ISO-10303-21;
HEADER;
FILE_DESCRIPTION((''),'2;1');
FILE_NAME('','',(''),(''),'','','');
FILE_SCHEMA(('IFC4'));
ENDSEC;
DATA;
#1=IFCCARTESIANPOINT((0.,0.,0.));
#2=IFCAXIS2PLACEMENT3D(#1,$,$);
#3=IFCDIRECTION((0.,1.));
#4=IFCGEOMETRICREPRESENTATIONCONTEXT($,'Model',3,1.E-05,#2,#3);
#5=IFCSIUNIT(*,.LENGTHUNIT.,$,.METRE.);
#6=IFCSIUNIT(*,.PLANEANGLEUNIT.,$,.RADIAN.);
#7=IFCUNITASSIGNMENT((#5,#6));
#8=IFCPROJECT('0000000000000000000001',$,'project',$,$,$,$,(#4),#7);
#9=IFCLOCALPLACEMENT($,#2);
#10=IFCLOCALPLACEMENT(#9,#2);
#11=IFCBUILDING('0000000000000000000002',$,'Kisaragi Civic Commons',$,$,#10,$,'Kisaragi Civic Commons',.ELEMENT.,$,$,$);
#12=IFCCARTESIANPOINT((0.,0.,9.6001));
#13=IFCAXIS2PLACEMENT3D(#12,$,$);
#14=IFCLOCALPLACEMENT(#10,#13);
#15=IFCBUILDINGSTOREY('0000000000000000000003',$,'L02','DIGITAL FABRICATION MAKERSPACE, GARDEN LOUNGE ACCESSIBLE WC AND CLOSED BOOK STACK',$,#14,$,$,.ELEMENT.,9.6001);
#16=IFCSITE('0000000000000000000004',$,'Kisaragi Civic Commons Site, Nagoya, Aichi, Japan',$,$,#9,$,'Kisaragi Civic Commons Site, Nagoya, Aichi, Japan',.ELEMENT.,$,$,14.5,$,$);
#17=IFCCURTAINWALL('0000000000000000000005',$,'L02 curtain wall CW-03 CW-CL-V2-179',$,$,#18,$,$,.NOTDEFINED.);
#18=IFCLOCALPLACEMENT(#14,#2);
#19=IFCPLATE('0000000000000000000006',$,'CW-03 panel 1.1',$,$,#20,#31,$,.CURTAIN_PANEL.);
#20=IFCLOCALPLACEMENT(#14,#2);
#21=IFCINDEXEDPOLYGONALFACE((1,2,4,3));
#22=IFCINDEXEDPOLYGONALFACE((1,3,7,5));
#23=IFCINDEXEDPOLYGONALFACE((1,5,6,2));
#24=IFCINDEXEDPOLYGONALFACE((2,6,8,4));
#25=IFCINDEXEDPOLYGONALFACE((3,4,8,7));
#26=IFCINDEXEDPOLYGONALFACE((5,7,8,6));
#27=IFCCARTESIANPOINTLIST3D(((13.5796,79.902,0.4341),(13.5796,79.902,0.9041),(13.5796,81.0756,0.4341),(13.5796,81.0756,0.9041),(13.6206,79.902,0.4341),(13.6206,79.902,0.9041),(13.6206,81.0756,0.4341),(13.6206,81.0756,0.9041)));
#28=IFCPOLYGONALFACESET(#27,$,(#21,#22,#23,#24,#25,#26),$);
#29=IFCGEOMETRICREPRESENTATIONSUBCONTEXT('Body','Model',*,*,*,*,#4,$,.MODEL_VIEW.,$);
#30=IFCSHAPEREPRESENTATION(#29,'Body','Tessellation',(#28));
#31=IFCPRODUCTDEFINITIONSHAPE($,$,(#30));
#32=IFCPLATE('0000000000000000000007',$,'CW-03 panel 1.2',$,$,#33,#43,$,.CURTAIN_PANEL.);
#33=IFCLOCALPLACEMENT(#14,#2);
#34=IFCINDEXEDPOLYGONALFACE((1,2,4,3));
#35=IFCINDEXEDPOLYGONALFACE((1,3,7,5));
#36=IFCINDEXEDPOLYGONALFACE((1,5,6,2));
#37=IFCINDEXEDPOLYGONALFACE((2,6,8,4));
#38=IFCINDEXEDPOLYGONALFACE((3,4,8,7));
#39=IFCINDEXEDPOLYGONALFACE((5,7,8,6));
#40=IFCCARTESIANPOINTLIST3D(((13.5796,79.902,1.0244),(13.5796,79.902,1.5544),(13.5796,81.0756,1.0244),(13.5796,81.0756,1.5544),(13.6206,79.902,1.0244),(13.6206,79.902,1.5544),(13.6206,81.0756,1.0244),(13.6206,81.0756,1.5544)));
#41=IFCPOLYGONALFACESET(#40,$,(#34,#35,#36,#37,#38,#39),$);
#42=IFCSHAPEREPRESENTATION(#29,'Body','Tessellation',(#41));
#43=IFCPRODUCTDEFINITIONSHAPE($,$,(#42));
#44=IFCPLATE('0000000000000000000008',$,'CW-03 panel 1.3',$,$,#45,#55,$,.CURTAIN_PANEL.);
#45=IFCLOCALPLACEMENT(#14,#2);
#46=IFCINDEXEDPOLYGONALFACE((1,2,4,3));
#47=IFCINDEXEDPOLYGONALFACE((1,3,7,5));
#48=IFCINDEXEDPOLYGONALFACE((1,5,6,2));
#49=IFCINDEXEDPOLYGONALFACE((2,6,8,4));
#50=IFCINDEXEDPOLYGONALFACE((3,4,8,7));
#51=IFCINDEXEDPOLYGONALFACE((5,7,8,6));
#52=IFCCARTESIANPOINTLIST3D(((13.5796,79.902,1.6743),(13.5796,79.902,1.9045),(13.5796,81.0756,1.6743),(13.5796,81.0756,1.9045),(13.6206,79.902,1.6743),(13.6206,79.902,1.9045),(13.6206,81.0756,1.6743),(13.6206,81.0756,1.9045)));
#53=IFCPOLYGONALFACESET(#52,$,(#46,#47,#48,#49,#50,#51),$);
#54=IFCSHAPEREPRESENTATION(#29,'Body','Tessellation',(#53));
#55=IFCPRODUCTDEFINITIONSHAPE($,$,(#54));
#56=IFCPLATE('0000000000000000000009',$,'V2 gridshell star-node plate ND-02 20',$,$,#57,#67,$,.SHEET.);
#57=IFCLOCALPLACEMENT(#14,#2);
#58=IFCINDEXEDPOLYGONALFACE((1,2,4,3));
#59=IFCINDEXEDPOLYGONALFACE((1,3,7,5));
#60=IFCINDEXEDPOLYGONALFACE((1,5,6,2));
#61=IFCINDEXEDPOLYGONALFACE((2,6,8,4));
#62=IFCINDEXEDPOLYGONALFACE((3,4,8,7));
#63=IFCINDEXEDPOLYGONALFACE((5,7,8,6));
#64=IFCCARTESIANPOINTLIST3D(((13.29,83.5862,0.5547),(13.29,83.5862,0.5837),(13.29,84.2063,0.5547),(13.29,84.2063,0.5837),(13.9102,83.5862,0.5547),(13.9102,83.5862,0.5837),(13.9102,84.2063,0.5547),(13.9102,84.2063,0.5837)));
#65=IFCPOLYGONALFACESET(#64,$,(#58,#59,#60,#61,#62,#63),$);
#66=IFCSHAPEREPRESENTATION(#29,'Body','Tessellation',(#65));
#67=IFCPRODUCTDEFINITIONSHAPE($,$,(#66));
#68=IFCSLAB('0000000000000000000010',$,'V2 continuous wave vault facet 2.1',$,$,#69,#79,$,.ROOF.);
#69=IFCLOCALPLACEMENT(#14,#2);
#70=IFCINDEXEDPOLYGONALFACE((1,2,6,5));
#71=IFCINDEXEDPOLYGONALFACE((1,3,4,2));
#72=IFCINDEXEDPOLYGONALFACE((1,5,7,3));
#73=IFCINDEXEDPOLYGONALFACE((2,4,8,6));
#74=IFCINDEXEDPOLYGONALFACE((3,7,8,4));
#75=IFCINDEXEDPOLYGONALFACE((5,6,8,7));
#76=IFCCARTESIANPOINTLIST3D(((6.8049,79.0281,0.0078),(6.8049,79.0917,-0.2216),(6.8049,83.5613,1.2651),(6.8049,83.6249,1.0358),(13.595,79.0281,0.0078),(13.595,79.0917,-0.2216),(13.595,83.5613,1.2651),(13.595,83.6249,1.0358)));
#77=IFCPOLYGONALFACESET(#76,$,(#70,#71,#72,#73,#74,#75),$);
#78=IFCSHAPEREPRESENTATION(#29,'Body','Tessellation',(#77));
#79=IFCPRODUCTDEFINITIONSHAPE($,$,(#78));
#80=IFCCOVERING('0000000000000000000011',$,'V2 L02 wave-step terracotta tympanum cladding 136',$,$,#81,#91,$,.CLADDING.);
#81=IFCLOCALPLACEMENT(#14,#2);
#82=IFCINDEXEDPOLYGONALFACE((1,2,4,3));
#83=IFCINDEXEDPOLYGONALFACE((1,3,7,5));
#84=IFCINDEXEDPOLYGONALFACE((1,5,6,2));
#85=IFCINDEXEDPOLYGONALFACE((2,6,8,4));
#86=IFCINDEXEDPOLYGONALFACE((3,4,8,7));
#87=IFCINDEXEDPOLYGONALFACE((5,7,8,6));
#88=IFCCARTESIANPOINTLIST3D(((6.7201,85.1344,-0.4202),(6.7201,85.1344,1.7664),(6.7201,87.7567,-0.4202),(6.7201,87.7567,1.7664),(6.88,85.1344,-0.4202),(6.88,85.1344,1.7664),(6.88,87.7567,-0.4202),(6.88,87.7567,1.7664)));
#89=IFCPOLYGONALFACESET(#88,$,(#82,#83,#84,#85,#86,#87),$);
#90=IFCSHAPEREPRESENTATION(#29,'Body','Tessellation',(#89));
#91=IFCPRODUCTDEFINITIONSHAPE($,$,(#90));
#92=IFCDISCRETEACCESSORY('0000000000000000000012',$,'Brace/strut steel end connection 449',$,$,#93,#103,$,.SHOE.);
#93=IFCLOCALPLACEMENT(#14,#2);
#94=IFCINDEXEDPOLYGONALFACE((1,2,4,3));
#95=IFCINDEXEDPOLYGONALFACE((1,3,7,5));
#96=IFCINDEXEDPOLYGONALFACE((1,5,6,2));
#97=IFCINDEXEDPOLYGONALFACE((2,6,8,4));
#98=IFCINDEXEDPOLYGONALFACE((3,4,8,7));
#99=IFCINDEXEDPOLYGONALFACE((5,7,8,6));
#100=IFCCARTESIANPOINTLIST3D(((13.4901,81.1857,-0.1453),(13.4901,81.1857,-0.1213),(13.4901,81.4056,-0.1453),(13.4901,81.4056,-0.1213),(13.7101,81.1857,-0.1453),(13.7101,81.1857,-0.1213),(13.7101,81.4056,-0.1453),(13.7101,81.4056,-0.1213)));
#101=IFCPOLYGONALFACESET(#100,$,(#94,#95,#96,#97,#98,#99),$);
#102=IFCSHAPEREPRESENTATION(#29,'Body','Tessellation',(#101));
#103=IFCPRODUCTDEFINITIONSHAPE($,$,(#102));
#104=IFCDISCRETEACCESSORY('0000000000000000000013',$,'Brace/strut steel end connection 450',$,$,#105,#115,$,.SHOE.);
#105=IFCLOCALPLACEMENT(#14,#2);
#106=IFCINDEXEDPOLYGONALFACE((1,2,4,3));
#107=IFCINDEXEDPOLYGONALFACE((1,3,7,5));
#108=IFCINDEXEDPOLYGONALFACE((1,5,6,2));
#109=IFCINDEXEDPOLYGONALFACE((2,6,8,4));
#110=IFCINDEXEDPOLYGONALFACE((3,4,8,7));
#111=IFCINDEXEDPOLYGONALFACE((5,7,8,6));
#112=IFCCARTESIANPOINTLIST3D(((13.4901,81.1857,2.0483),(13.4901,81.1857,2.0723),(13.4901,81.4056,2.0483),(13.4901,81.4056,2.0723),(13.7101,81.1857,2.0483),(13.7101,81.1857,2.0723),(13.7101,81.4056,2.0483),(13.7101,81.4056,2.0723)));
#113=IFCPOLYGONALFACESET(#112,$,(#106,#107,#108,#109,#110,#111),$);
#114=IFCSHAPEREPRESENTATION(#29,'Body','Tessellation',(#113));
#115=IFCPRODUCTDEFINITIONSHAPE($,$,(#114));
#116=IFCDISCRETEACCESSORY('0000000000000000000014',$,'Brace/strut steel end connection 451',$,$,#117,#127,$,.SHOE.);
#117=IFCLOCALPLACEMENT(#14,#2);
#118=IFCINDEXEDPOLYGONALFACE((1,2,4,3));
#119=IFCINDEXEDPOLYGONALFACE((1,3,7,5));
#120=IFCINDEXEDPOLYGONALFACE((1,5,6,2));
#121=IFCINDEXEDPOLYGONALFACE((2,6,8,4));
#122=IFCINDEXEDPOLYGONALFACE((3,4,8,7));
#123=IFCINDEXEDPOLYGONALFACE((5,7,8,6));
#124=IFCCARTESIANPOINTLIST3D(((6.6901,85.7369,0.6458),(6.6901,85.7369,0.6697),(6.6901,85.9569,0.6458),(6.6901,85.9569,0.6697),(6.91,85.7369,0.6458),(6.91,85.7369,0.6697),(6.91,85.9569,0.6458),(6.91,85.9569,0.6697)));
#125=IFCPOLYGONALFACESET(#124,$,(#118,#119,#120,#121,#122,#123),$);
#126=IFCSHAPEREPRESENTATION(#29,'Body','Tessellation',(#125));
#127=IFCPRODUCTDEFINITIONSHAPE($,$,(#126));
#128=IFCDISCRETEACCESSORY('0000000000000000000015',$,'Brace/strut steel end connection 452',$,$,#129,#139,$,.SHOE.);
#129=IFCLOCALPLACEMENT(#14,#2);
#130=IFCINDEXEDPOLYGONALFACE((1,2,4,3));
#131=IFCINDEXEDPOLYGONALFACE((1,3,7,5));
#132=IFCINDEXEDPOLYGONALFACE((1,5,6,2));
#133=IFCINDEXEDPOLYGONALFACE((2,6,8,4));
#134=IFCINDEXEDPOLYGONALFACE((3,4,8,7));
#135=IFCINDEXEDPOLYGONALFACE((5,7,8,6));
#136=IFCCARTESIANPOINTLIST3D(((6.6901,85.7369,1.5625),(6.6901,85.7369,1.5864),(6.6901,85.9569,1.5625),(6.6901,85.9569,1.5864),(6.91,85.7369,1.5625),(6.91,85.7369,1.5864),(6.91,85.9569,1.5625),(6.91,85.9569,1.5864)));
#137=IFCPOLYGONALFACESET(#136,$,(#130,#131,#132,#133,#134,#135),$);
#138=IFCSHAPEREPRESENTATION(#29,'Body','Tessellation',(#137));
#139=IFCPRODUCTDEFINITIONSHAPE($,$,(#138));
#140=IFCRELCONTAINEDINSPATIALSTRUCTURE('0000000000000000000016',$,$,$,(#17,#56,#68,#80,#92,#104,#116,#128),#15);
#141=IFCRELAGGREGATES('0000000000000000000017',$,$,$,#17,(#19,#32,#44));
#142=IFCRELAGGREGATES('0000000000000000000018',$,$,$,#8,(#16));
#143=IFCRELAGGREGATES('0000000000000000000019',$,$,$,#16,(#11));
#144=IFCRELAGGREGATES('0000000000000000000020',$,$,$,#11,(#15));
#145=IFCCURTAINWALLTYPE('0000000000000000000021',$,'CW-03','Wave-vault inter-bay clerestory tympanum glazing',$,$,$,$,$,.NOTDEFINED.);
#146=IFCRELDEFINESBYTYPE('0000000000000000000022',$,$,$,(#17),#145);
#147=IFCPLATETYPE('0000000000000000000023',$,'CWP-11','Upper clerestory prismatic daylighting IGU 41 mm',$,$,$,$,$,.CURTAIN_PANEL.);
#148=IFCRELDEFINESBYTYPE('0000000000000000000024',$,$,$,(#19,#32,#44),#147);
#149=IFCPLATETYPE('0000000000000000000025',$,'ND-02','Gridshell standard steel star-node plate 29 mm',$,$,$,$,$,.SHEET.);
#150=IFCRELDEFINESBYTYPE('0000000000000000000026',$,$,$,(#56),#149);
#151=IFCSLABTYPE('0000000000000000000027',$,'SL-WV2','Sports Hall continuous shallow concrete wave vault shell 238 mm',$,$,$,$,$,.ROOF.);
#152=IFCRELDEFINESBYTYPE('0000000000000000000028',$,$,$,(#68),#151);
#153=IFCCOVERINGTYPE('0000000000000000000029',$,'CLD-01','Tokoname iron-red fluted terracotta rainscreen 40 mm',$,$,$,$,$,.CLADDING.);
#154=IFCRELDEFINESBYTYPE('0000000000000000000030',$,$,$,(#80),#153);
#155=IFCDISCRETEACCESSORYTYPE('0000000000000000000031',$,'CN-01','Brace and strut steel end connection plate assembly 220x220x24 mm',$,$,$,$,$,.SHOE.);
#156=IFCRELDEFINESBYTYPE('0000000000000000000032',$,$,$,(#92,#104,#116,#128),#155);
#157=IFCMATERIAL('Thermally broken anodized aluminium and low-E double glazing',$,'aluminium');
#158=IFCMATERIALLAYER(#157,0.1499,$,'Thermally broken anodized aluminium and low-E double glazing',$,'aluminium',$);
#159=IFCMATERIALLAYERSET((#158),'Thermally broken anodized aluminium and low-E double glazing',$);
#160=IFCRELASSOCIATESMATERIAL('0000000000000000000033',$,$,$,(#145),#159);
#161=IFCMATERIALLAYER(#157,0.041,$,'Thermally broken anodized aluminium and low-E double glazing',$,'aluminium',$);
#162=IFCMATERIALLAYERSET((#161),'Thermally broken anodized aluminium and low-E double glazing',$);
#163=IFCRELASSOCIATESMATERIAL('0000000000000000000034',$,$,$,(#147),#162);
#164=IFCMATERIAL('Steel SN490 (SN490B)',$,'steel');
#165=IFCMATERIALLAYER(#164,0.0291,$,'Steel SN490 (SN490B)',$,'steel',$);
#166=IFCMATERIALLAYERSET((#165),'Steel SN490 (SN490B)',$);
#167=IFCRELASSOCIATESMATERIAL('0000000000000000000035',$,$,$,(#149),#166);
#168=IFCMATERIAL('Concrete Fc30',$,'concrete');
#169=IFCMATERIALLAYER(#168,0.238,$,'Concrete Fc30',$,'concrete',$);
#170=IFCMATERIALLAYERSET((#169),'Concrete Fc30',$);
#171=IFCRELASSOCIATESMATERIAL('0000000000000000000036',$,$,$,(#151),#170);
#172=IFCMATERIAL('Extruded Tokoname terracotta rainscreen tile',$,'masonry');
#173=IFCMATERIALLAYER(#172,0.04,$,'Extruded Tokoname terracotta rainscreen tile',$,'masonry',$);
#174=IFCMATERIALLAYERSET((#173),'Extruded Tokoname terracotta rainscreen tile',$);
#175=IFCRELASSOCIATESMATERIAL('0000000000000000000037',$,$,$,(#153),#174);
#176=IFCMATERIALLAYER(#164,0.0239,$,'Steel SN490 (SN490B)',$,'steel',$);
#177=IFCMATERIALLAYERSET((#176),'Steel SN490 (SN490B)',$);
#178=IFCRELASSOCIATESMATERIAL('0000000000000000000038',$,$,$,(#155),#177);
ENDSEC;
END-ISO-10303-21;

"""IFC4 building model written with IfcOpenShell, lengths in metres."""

from ifc_helpers import new_model, si_unit, direction, frame, origin, origin_2d, place, context, subcontext, project, spatial, polyline, rectangle, outline, extrude, material, layer, layer_set, type_object, element, aggregate, save


model = new_model("IFC4")

# Units and contexts
model_context = context("Model", 3, precision=1e-05, world=origin(), true_north=direction((0.0, 1.0)))
body_context = subcontext(model_context, "Body", "Model", "MODEL_VIEW")
ifc_project = project(units=[si_unit("LENGTHUNIT", "METRE"), si_unit("PLANEANGLEUNIT", "RADIAN")], contexts=[model_context])

# Site, building, storey
site_placement = place(None, origin())
site = spatial("IfcSite", under=ifc_project, at=site_placement, Name="Kisaragi Civic Commons Site, Nagoya, Aichi, Japan", LongName="Kisaragi Civic Commons Site, Nagoya, Aichi, Japan", CompositionType="ELEMENT", RefElevation=14.5)
building_placement = place(site_placement, origin())
building = spatial("IfcBuilding", under=site, at=building_placement, Name="Kisaragi Civic Commons", LongName="Kisaragi Civic Commons", CompositionType="ELEMENT")
storey_placement = place(building_placement, frame((0.0, 0.0, 9.6001)))
storey = spatial("IfcBuildingStorey", under=building, at=storey_placement, Name="L02", Description="DIGITAL FABRICATION MAKERSPACE, GARDEN LOUNGE ACCESSIBLE WC AND CLOSED BOOK STACK", CompositionType="ELEMENT", Elevation=9.6001)

# Curtain wall
ifc_material_1 = material(Name="Thermally broken anodized aluminium and low-E double glazing", Category="aluminium")
ifc_layer_1 = layer(ifc_material_1, 0.1499, Name="Thermally broken anodized aluminium and low-E double glazing", Category="aluminium")
ifc_layer_set_1 = layer_set([ifc_layer_1], Name="Thermally broken anodized aluminium and low-E double glazing")
curtain_wall_type = type_object("IfcCurtainWallType", Name="CW-03", Description="Wave-vault inter-bay clerestory tympanum glazing", PredefinedType="NOTDEFINED", material=ifc_layer_set_1)
curtain_wall_1_placement = place(storey_placement, origin())
curtain_wall_1 = element("IfcCurtainWall", 1, at=curtain_wall_1_placement, inside=storey, type_object=curtain_wall_type, Name="L02 curtain wall CW-03 CW-CL-V2-179", PredefinedType="NOTDEFINED")

# Shared definitions
ifc_material_2 = material(Name="Steel SN490 (SN490B)", Category="steel")

# Plates
ifc_layer_2 = layer(ifc_material_1, 0.041, Name="Thermally broken anodized aluminium and low-E double glazing", Category="aluminium")
ifc_layer_set_2 = layer_set([ifc_layer_2], Name="Thermally broken anodized aluminium and low-E double glazing")
plate_type_1 = type_object("IfcPlateType", Name="CWP-11", Description="Upper clerestory prismatic daylighting IGU 41 mm", PredefinedType="CURTAIN_PANEL", material=ifc_layer_set_2)
plate_1_placement = place(storey_placement, frame((13.6001, 80.4888, 0.4341), z_axis=(0.0, 0.0, 1.0), x_axis=(0.0, 1.0, 0.0)))
plate_1 = element("IfcPlate", 2, at=plate_1_placement, type_object=plate_type_1, Name="CW-03 panel 1.1", PredefinedType="CURTAIN_PANEL", context=body_context, shape_type="SweptSolid", body=[
    extrude(rectangle(XDim=1.1736, YDim=0.041, at=origin_2d()), origin(), (0.0, 0.0, 1.0), 0.47),
])
plate_2_placement = place(storey_placement, frame((13.6001, 80.4888, 1.0244), z_axis=(0.0, 0.0, 1.0), x_axis=(0.0, 1.0, 0.0)))
plate_2 = element("IfcPlate", 3, at=plate_2_placement, type_object=plate_type_1, Name="CW-03 panel 1.2", PredefinedType="CURTAIN_PANEL", context=body_context, shape_type="SweptSolid", body=[
    extrude(rectangle(XDim=1.1736, YDim=0.041, at=origin_2d()), origin(), (0.0, 0.0, 1.0), 0.53),
])
plate_3_placement = place(storey_placement, frame((13.6001, 80.4888, 1.6743), z_axis=(0.0, 0.0, 1.0), x_axis=(0.0, 1.0, 0.0)))
plate_3 = element("IfcPlate", 4, at=plate_3_placement, type_object=plate_type_1, Name="CW-03 panel 1.3", PredefinedType="CURTAIN_PANEL", context=body_context, shape_type="SweptSolid", body=[
    extrude(rectangle(XDim=1.1736, YDim=0.041, at=origin_2d()), origin(), (0.0, 0.0, 1.0), 0.2302),
])
aggregate(curtain_wall_1, [plate_1, plate_2, plate_3])
ifc_layer_3 = layer(ifc_material_2, 0.0291, Name="Steel SN490 (SN490B)", Category="steel")
ifc_layer_set_3 = layer_set([ifc_layer_3], Name="Steel SN490 (SN490B)")
plate_type_2 = type_object("IfcPlateType", Name="ND-02", Description="Gridshell standard steel star-node plate 29 mm", PredefinedType="SHEET", material=ifc_layer_set_3)
plate_4_placement = place(storey_placement, frame((13.6001, 83.8962, 0.5547), z_axis=(0.0, 0.0, 1.0), x_axis=(1.0, 0.0, 0.0)))
element("IfcPlate", 5, at=plate_4_placement, inside=storey, type_object=plate_type_2, Name="V2 gridshell star-node plate ND-02 20", PredefinedType="SHEET", context=body_context, shape_type="SweptSolid", body=[
    extrude(rectangle(XDim=0.6201, YDim=0.6201, at=origin_2d()), origin(), (0.0, 0.0, 1.0), 0.0291),
])

# Slab
ifc_material_3 = material(Name="Concrete Fc30", Category="concrete")
ifc_layer_4 = layer(ifc_material_3, 0.238, Name="Concrete Fc30", Category="concrete")
ifc_layer_set_4 = layer_set([ifc_layer_4], Name="Concrete Fc30")
slab_type = type_object("IfcSlabType", Name="SL-WV2", Description="Sports Hall continuous shallow concrete wave vault shell 238 mm", PredefinedType="ROOF", material=ifc_layer_set_4)
slab_placement = place(storey_placement, frame((13.595, 83.5613, 1.2651), z_axis=(0.0, -0.267269, 0.963622), x_axis=(-1.0, 0.0, 0.0)))
element("IfcSlab", 6, at=slab_placement, inside=storey, type_object=slab_type, Name="V2 continuous wave vault facet 2.1", PredefinedType="ROOF", context=body_context, shape_type="SweptSolid", body=[
    extrude(outline(polyline([(0.0, 0.0), (6.79, 0.0), (6.79, 4.7043), (0.0, 4.7043), (0.0, 0.0)])), origin(), (0.0, 0.0, -1.0), 0.238),
])

# Covering
ifc_material_4 = material(Name="Extruded Tokoname terracotta rainscreen tile", Category="masonry")
ifc_layer_5 = layer(ifc_material_4, 0.04, Name="Extruded Tokoname terracotta rainscreen tile", Category="masonry")
ifc_layer_set_5 = layer_set([ifc_layer_5], Name="Extruded Tokoname terracotta rainscreen tile")
covering_type = type_object("IfcCoveringType", Name="CLD-01", Description="Tokoname iron-red fluted terracotta rainscreen 40 mm", PredefinedType="CLADDING", material=ifc_layer_set_5)
covering_placement = place(storey_placement, frame((6.8, 86.4456, -0.4202), z_axis=(0.0, 0.0, 1.0), x_axis=(0.0, 1.0, 0.0)))
element("IfcCovering", 7, at=covering_placement, inside=storey, type_object=covering_type, Name="V2 L02 wave-step terracotta tympanum cladding 136", PredefinedType="CLADDING", context=body_context, shape_type="SweptSolid", body=[
    extrude(rectangle(XDim=2.6223, YDim=0.1599, at=origin_2d()), origin(), (0.0, 0.0, 1.0), 2.1865),
])

# Discrete accessories
ifc_layer_6 = layer(ifc_material_2, 0.0239, Name="Steel SN490 (SN490B)", Category="steel")
ifc_layer_set_6 = layer_set([ifc_layer_6], Name="Steel SN490 (SN490B)")
discrete_accessory_type = type_object("IfcDiscreteAccessoryType", Name="CN-01", Description="Brace and strut steel end connection plate assembly 220x220x24 mm", PredefinedType="SHOE", material=ifc_layer_set_6)
for number, where, z_axis, x_axis, name in (
    (8, (13.6001, 81.2957, -0.1453), (0.0, 0.0, 1.0), (1.0, 0.0, 0.0), "Brace/strut steel end connection 449"),
    (9, (13.6001, 81.2957, 2.0483), (0.0, 0.0, 1.0), (1.0, 0.0, 0.0), "Brace/strut steel end connection 450"),
    (10, (6.8, 85.8469, 0.6458), (0.0, 0.0, 1.0), (1.0, 0.0, 0.0), "Brace/strut steel end connection 451"),
    (11, (6.8, 85.8469, 1.5625), (0.0, 0.0, 1.0), (1.0, 0.0, 0.0), "Brace/strut steel end connection 452"),
):
    element("IfcDiscreteAccessory", number, at=place(storey_placement, frame(where, z_axis=z_axis, x_axis=x_axis)), inside=storey, type_object=discrete_accessory_type, Name=name, PredefinedType="SHOE", context=body_context, shape_type="SweptSolid", body=[
        extrude(rectangle(XDim=0.22, YDim=0.22, at=origin_2d()), origin(), (0.0, 0.0, 1.0), 0.0239),
    ])

save(model, "model.ifc")
